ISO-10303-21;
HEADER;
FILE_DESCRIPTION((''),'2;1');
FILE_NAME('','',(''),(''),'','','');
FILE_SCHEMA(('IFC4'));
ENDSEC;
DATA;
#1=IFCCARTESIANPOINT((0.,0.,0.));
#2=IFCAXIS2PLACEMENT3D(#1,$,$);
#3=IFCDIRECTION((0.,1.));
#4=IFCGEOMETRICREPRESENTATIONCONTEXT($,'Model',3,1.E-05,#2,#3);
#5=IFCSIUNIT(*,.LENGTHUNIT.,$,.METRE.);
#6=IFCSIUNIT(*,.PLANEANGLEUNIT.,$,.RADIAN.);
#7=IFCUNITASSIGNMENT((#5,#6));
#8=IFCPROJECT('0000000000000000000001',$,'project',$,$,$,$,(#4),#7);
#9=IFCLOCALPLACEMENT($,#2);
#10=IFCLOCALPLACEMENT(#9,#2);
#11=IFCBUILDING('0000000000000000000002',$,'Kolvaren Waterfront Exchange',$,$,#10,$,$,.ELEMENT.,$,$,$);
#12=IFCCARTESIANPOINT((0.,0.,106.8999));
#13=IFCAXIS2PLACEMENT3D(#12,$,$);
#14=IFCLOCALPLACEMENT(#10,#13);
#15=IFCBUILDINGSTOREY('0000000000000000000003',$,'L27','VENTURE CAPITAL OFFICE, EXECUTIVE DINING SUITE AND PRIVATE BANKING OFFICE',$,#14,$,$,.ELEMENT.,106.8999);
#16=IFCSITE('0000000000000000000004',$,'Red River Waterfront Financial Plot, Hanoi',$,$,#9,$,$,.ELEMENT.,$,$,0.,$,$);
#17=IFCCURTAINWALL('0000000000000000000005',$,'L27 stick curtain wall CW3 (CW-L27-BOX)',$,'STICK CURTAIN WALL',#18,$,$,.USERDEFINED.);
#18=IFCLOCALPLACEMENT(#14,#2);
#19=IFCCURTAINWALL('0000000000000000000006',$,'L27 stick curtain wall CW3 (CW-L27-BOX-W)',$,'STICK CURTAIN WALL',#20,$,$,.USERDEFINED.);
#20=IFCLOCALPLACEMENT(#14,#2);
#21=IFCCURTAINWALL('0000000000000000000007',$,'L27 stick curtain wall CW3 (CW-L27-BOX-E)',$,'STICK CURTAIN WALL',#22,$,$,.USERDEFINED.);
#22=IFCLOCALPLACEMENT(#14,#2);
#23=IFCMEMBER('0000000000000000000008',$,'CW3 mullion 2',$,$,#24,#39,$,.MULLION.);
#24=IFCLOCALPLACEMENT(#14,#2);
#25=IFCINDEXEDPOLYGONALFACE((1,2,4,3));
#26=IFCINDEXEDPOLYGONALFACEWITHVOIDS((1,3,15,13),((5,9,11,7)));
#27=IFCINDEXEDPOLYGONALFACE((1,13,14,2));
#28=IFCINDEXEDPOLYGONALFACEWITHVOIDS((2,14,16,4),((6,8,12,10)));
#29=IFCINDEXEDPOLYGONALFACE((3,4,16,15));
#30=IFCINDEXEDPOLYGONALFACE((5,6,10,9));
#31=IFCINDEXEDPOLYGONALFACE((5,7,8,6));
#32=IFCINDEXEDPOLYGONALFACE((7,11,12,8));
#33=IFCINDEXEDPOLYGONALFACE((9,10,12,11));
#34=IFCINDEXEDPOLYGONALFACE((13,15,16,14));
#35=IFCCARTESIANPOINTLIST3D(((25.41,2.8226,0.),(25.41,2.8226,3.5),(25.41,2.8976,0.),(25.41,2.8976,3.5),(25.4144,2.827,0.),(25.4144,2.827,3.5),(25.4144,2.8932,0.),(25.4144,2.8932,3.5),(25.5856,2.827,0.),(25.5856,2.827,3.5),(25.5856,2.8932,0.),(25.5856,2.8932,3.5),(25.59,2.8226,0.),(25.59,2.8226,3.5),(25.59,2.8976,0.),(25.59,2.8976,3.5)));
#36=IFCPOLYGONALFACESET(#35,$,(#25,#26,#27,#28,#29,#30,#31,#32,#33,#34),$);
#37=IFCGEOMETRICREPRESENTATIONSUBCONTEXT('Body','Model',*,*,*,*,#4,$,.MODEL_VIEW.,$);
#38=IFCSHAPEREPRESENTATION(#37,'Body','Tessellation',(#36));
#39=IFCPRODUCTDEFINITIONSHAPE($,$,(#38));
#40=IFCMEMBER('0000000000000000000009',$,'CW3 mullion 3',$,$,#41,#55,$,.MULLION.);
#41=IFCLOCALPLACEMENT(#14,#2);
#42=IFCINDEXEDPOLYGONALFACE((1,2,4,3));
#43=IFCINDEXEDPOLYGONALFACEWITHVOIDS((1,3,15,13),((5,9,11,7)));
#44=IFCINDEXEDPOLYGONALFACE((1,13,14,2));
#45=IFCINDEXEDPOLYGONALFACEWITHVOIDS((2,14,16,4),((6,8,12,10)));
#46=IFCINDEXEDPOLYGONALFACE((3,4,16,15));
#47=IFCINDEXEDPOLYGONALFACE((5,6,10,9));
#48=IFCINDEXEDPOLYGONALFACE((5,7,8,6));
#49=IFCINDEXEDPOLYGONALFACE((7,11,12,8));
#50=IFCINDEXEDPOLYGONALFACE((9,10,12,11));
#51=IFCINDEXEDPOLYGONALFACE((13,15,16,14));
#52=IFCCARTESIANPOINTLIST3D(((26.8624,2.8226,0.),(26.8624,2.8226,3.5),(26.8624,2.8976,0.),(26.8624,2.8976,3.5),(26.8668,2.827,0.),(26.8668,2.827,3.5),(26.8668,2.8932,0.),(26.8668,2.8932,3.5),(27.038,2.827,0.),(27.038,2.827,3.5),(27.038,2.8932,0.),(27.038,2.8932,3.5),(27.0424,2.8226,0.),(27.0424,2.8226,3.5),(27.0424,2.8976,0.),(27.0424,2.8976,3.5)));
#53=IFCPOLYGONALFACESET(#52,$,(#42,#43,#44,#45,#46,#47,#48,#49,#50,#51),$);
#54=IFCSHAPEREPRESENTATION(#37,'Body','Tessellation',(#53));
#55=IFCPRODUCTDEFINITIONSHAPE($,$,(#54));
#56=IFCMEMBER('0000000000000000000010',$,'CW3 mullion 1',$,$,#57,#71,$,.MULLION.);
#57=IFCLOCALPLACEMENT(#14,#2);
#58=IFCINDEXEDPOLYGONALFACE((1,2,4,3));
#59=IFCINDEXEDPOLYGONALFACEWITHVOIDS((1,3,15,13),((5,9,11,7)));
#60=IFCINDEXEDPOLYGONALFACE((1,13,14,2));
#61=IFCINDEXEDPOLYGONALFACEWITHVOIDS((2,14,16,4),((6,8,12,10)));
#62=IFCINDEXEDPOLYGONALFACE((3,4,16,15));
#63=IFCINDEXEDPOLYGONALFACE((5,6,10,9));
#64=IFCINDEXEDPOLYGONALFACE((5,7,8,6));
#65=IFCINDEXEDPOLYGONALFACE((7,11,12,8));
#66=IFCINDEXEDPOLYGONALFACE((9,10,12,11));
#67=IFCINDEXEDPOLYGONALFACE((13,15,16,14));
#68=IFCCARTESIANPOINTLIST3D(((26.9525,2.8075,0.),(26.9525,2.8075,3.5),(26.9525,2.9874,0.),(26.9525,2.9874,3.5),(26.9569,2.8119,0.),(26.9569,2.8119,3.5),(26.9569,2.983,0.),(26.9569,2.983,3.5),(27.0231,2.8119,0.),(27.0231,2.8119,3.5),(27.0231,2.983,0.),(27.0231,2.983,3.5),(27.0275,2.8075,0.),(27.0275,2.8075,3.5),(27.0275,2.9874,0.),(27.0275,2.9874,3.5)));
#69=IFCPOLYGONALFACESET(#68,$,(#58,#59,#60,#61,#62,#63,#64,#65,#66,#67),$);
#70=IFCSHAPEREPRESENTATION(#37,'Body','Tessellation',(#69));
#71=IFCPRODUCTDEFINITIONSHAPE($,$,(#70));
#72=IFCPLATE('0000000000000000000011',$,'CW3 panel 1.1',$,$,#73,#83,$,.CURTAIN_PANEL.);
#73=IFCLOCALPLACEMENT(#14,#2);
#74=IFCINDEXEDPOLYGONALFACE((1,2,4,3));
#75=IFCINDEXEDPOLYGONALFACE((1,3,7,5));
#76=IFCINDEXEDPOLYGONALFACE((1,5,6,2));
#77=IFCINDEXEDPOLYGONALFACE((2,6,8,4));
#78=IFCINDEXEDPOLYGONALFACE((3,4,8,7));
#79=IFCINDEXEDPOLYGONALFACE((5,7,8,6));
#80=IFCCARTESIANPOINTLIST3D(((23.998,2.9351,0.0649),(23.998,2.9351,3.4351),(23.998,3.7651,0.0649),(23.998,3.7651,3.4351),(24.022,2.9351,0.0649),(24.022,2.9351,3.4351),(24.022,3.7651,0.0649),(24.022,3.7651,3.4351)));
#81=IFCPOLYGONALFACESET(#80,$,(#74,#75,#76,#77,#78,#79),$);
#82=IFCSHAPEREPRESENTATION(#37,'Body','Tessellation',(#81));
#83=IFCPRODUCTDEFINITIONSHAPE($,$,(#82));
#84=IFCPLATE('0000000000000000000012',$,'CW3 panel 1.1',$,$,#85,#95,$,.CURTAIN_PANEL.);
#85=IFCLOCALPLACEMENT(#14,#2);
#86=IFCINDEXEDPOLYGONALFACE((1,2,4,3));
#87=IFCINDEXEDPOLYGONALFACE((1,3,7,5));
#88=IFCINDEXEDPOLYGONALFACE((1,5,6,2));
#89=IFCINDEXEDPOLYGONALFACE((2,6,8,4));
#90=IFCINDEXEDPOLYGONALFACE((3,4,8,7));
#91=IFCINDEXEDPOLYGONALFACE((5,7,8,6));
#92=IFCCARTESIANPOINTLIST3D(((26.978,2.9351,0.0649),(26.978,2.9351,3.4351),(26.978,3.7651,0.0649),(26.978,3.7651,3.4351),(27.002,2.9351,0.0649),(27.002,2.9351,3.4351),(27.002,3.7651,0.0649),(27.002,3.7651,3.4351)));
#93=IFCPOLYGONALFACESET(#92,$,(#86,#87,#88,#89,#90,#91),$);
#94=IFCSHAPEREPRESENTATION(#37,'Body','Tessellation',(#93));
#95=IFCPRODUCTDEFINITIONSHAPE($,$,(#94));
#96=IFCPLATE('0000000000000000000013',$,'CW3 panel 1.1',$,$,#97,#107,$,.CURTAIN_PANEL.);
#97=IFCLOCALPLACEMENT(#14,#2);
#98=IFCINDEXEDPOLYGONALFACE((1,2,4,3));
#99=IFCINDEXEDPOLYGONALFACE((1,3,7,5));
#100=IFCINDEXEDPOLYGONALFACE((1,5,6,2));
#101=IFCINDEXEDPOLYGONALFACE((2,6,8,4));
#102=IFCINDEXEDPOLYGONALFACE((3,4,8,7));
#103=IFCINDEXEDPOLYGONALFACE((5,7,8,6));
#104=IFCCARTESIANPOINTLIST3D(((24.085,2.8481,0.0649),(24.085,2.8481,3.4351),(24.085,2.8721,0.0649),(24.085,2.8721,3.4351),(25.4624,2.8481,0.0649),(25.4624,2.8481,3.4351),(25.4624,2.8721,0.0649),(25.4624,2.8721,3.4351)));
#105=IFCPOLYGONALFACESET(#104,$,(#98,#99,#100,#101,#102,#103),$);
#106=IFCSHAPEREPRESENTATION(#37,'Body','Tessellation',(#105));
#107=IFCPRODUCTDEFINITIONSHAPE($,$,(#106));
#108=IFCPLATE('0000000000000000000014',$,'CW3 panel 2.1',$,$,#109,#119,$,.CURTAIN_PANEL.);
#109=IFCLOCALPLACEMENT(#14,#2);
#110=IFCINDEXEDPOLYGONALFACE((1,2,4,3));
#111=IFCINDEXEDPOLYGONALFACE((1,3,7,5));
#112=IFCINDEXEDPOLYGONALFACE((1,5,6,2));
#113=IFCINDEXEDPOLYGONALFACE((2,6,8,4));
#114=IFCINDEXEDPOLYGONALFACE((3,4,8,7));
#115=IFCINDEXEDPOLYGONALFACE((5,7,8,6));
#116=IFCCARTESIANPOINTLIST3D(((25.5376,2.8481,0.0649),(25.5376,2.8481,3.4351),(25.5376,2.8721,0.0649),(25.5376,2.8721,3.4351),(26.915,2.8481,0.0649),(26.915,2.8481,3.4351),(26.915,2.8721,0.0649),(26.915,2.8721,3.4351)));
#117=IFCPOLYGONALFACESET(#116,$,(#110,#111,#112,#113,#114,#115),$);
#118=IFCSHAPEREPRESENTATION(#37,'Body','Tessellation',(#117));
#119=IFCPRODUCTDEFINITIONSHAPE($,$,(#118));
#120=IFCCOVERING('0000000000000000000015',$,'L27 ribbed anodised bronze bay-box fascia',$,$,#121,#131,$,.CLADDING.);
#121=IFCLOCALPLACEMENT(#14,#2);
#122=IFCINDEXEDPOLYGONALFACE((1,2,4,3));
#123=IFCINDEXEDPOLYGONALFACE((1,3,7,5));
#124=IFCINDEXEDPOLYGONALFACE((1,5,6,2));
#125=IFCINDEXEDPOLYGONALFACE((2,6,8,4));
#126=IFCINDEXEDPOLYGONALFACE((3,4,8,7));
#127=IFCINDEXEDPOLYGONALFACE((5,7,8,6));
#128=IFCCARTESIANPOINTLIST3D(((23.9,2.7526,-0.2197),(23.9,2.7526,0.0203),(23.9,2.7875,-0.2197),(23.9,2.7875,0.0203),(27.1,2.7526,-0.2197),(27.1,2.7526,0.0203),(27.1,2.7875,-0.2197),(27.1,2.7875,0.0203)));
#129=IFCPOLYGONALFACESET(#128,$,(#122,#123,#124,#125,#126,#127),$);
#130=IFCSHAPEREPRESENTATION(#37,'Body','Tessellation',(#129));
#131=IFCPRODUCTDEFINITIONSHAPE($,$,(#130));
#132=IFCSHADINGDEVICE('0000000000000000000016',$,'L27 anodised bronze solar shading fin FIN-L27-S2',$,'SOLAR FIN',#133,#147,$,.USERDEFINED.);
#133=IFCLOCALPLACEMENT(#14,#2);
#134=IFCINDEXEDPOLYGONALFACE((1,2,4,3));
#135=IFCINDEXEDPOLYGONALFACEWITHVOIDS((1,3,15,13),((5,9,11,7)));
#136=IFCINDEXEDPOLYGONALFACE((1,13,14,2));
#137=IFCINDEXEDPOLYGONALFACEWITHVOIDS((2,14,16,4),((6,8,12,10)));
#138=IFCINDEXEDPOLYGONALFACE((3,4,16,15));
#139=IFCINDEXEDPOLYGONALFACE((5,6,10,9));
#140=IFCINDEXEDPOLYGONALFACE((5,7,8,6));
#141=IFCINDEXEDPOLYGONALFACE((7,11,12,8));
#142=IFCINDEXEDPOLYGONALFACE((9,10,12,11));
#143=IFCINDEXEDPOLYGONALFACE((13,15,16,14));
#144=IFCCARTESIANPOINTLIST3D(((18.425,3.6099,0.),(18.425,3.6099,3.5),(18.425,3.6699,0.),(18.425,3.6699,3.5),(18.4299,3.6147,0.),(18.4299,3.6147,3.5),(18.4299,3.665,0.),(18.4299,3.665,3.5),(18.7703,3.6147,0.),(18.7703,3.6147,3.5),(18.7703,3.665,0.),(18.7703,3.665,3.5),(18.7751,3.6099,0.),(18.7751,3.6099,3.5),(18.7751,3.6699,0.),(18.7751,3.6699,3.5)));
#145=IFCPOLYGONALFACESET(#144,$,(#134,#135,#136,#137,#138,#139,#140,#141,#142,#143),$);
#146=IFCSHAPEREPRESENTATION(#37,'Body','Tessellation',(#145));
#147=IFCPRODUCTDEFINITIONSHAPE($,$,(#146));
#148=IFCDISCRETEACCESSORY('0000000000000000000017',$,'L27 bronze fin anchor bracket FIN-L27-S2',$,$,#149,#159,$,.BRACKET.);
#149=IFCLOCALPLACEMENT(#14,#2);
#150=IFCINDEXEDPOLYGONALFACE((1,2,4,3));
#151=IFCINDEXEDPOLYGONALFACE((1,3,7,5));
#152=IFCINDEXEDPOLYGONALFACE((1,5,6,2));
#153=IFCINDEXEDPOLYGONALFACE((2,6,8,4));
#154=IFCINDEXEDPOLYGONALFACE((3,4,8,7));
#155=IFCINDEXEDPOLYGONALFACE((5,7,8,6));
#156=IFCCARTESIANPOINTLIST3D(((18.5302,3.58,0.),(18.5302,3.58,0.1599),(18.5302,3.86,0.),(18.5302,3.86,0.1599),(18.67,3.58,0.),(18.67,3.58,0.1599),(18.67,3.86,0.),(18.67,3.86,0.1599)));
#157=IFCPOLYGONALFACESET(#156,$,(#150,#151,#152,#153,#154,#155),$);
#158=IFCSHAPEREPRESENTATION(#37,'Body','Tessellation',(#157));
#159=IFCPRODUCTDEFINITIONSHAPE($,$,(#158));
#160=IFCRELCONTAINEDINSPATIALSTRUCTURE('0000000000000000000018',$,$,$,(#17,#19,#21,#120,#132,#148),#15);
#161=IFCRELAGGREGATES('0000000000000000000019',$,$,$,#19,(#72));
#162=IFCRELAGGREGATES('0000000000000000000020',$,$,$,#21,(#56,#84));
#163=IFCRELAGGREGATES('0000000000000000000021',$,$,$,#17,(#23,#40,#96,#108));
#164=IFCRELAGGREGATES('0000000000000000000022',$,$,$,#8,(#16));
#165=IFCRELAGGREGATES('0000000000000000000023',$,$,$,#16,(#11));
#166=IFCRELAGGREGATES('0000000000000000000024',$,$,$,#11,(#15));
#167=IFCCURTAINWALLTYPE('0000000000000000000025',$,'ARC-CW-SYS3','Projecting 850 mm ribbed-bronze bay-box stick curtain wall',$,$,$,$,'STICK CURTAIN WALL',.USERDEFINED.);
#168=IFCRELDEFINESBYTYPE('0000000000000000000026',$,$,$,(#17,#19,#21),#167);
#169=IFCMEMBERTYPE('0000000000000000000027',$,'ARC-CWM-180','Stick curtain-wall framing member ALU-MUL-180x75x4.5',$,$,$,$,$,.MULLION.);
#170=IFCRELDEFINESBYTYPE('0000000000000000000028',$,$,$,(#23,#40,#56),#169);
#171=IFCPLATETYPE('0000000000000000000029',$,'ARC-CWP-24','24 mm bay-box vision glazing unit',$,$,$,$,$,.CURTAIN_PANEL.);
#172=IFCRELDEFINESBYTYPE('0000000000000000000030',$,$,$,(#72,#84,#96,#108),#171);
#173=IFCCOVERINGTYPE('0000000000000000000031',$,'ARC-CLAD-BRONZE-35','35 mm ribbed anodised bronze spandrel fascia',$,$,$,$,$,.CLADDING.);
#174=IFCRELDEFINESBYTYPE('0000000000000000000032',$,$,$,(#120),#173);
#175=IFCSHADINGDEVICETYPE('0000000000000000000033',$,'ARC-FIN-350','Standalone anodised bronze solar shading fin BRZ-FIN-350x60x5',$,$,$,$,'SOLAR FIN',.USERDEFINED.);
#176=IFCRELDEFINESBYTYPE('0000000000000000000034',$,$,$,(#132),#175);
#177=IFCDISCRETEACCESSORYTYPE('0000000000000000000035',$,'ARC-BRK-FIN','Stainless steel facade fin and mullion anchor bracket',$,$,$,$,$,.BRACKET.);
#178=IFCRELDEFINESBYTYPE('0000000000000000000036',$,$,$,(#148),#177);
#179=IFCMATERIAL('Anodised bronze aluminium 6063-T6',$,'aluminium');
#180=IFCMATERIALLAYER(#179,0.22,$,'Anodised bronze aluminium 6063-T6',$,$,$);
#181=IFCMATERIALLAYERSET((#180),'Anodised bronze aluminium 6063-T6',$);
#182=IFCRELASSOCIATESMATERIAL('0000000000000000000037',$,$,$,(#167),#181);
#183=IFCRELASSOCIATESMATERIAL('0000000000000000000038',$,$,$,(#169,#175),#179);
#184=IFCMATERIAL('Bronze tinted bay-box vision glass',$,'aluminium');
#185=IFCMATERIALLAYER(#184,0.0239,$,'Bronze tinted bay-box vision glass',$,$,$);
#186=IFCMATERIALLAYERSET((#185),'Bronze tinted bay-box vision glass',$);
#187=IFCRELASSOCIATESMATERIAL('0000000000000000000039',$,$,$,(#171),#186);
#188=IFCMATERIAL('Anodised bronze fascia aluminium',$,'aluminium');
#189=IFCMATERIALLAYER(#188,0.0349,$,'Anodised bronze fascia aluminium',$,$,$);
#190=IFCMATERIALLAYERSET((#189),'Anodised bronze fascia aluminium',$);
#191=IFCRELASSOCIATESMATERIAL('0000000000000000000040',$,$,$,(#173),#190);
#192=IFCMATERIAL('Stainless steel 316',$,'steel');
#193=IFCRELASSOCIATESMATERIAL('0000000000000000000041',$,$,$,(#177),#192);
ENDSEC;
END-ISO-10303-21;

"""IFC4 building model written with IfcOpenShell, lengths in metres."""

from ifc_helpers import new_model, si_unit, direction, frame, origin, origin_with_axes, origin_2d, place, context, subcontext, project, spatial, rectangle, hollow_rectangle, extrude, source, transform, mapped, material, layer, layer_set, material_profile, profile_set, type_object, element, aggregate, save


model = new_model("IFC4")

# Units and contexts
model_context = context("Model", 3, precision=1e-05, world=origin(), true_north=direction((0.0, 1.0)))
body_context = subcontext(model_context, "Body", "Model", "MODEL_VIEW")
ifc_project = project(units=[si_unit("LENGTHUNIT", "METRE"), si_unit("PLANEANGLEUNIT", "RADIAN")], contexts=[model_context])

# Site, building, storey
site_placement = place(None, origin())
site = spatial("IfcSite", under=ifc_project, at=site_placement, Name="Red River Waterfront Financial Plot, Hanoi", CompositionType="ELEMENT", RefElevation=0.0)
building_placement = place(site_placement, origin())
building = spatial("IfcBuilding", under=site, at=building_placement, Name="Kolvaren Waterfront Exchange", CompositionType="ELEMENT")
storey_placement = place(building_placement, frame((0.0, 0.0, 106.8999)))
storey = spatial("IfcBuildingStorey", under=building, at=storey_placement, Name="L27", Description="VENTURE CAPITAL OFFICE, EXECUTIVE DINING SUITE AND PRIVATE BANKING OFFICE", CompositionType="ELEMENT", Elevation=106.8999)

# Curtain walls
ifc_material_1 = material(Name="Anodised bronze aluminium 6063-T6", Category="aluminium")
ifc_layer_1 = layer(ifc_material_1, 0.22, Name="Anodised bronze aluminium 6063-T6")
ifc_layer_set_1 = layer_set([ifc_layer_1], Name="Anodised bronze aluminium 6063-T6")
curtain_wall_type = type_object("IfcCurtainWallType", Name="ARC-CW-SYS3", Description="Projecting 850 mm ribbed-bronze bay-box stick curtain wall", ElementType="STICK CURTAIN WALL", PredefinedType="USERDEFINED", material=ifc_layer_set_1)
curtain_wall_1_placement = place(storey_placement, origin())
curtain_wall_1 = element("IfcCurtainWall", 1, at=curtain_wall_1_placement, inside=storey, type_object=curtain_wall_type, Name="L27 stick curtain wall CW3 (CW-L27-BOX)", ObjectType="STICK CURTAIN WALL", PredefinedType="USERDEFINED")
curtain_wall_2_placement = place(storey_placement, origin())
curtain_wall_2 = element("IfcCurtainWall", 2, at=curtain_wall_2_placement, inside=storey, type_object=curtain_wall_type, Name="L27 stick curtain wall CW3 (CW-L27-BOX-W)", ObjectType="STICK CURTAIN WALL", PredefinedType="USERDEFINED")
curtain_wall_3_placement = place(storey_placement, origin())
curtain_wall_3 = element("IfcCurtainWall", 3, at=curtain_wall_3_placement, inside=storey, type_object=curtain_wall_type, Name="L27 stick curtain wall CW3 (CW-L27-BOX-E)", ObjectType="STICK CURTAIN WALL", PredefinedType="USERDEFINED")

# Members
ifc_material_profile_1 = material_profile(ifc_material_1, hollow_rectangle(XDim=0.075, YDim=0.1799, WallThickness=0.0044, at=origin_2d()), Name="ALU-MUL-180x75x4.5")
ifc_profile_set_1 = profile_set([ifc_material_profile_1], Name="Anodised bronze aluminium 6063-T6")
member_type_1 = type_object("IfcMemberType", Name="ARC-CWM-180", Description="Stick curtain-wall framing member ALU-MUL-180x75x4.5", PredefinedType="MULLION", material=ifc_profile_set_1)
shared_shape_1 = source(origin_with_axes(), body_context, "Body", "SweptSolid", [
    extrude(hollow_rectangle(XDim=0.075, YDim=0.1799, WallThickness=0.0044, at=origin_2d()), origin(), (0.0, 0.0, 1.0), 3.5),
])
member_1_placement = place(storey_placement, frame((25.5, 2.8601, 0.0), z_axis=(0.0, 0.0, 1.0), x_axis=(0.0, 1.0, 0.0)))
member_1 = element("IfcMember", 4, at=member_1_placement, type_object=member_type_1, Name="CW3 mullion 2", PredefinedType="MULLION", context=body_context, shape_type="MappedRepresentation", body=[
    mapped(shared_shape_1, transform((0.0, 0.0, 0.0), x_axis=(1.0, 0.0, 0.0), y_axis=(0.0, 1.0, 0.0), z_axis=(0.0, 0.0, 1.0), scale=1.0)),
])
member_2_placement = place(storey_placement, frame((26.9524, 2.8601, 0.0), z_axis=(0.0, 0.0, 1.0), x_axis=(0.0, 1.0, 0.0)))
member_2 = element("IfcMember", 5, at=member_2_placement, type_object=member_type_1, Name="CW3 mullion 3", PredefinedType="MULLION", context=body_context, shape_type="MappedRepresentation", body=[
    mapped(shared_shape_1, transform((0.0, 0.0, 0.0), x_axis=(1.0, 0.0, 0.0), y_axis=(0.0, 1.0, 0.0), z_axis=(0.0, 0.0, 1.0), scale=1.0)),
])
member_3_placement = place(storey_placement, frame((26.99, 2.8975, 0.0), z_axis=(0.0, 0.0, 1.0), x_axis=(-1.0, 0.0, 0.0)))
member_3 = element("IfcMember", 6, at=member_3_placement, type_object=member_type_1, Name="CW3 mullion 1", PredefinedType="MULLION", context=body_context, shape_type="MappedRepresentation", body=[
    mapped(shared_shape_1, transform((0.0, 0.0, 0.0), x_axis=(1.0, 0.0, 0.0), y_axis=(0.0, 1.0, 0.0), z_axis=(0.0, 0.0, 1.0), scale=1.0)),
])

# Plates
ifc_material_2 = material(Name="Bronze tinted bay-box vision glass", Category="aluminium")
ifc_layer_2 = layer(ifc_material_2, 0.0239, Name="Bronze tinted bay-box vision glass")
ifc_layer_set_2 = layer_set([ifc_layer_2], Name="Bronze tinted bay-box vision glass")
plate_type = type_object("IfcPlateType", Name="ARC-CWP-24", Description="24 mm bay-box vision glazing unit", PredefinedType="CURTAIN_PANEL", material=ifc_layer_set_2)
shared_shape_2 = source(origin_with_axes(), body_context, "Body", "SweptSolid", [
    extrude(rectangle(XDim=0.8301, YDim=0.0239, at=origin_2d()), origin(), (0.0, 0.0, 1.0), 3.3701),
])
plate_1_placement = place(storey_placement, frame((24.01, 3.3501, 0.0649), z_axis=(0.0, 0.0, 1.0), x_axis=(0.0, -1.0, 0.0)))
plate_1 = element("IfcPlate", 7, at=plate_1_placement, type_object=plate_type, Name="CW3 panel 1.1", PredefinedType="CURTAIN_PANEL", context=body_context, shape_type="MappedRepresentation", body=[
    mapped(shared_shape_2, transform((0.0, 0.0, 0.0), x_axis=(1.0, 0.0, 0.0), y_axis=(0.0, 1.0, 0.0), z_axis=(0.0, 0.0, 1.0), scale=1.0)),
])
aggregate(curtain_wall_2, [plate_1])
plate_2_placement = place(storey_placement, frame((26.99, 3.3501, 0.0649), z_axis=(0.0, 0.0, 1.0), x_axis=(0.0, 1.0, 0.0)))
plate_2 = element("IfcPlate", 8, at=plate_2_placement, type_object=plate_type, Name="CW3 panel 1.1", PredefinedType="CURTAIN_PANEL", context=body_context, shape_type="MappedRepresentation", body=[
    mapped(shared_shape_2, transform((0.0, 0.0, 0.0), x_axis=(1.0, 0.0, 0.0), y_axis=(0.0, 1.0, 0.0), z_axis=(0.0, 0.0, 1.0), scale=1.0)),
])
aggregate(curtain_wall_3, [member_3, plate_2])
shared_shape_3 = source(origin_with_axes(), body_context, "Body", "SweptSolid", [
    extrude(rectangle(XDim=1.3774, YDim=0.0239, at=origin_2d()), origin(), (0.0, 0.0, 1.0), 3.3701),
])
plate_3_placement = place(storey_placement, frame((24.7737, 2.8601, 0.0649), z_axis=(0.0, 0.0, 1.0), x_axis=(1.0, 0.0, 0.0)))
plate_3 = element("IfcPlate", 9, at=plate_3_placement, type_object=plate_type, Name="CW3 panel 1.1", PredefinedType="CURTAIN_PANEL", context=body_context, shape_type="MappedRepresentation", body=[
    mapped(shared_shape_3, transform((0.0, 0.0, 0.0), x_axis=(1.0, 0.0, 0.0), y_axis=(0.0, 1.0, 0.0), z_axis=(0.0, 0.0, 1.0), scale=1.0)),
])
plate_4_placement = place(storey_placement, frame((26.2263, 2.8601, 0.0649), z_axis=(0.0, 0.0, 1.0), x_axis=(1.0, 0.0, 0.0)))
plate_4 = element("IfcPlate", 10, at=plate_4_placement, type_object=plate_type, Name="CW3 panel 2.1", PredefinedType="CURTAIN_PANEL", context=body_context, shape_type="MappedRepresentation", body=[
    mapped(shared_shape_3, transform((0.0, 0.0, 0.0), x_axis=(1.0, 0.0, 0.0), y_axis=(0.0, 1.0, 0.0), z_axis=(0.0, 0.0, 1.0), scale=1.0)),
])
aggregate(curtain_wall_1, [member_1, member_2, plate_3, plate_4])

# Covering
ifc_material_3 = material(Name="Anodised bronze fascia aluminium", Category="aluminium")
ifc_layer_3 = layer(ifc_material_3, 0.0349, Name="Anodised bronze fascia aluminium")
ifc_layer_set_3 = layer_set([ifc_layer_3], Name="Anodised bronze fascia aluminium")
covering_type = type_object("IfcCoveringType", Name="ARC-CLAD-BRONZE-35", Description="35 mm ribbed anodised bronze spandrel fascia", PredefinedType="CLADDING", material=ifc_layer_set_3)
covering_placement = place(storey_placement, frame((25.5, 2.77, -0.2197), z_axis=(0.0, 0.0, 1.0), x_axis=(1.0, 0.0, 0.0)))
element("IfcCovering", 11, at=covering_placement, inside=storey, type_object=covering_type, Name="L27 ribbed anodised bronze bay-box fascia", PredefinedType="CLADDING", context=body_context, shape_type="SweptSolid", body=[
    extrude(rectangle(XDim=3.2, YDim=0.0349, at=origin_2d()), origin(), (0.0, 0.0, 1.0), 0.24),
])

# Shading device
ifc_material_profile_2 = material_profile(ifc_material_1, hollow_rectangle(XDim=0.0601, YDim=0.3501, WallThickness=0.0049, at=origin_2d()), Name="BRZ-FIN-350x60x5")
ifc_profile_set_2 = profile_set([ifc_material_profile_2], Name="Anodised bronze aluminium 6063-T6")
shading_device_type = type_object("IfcShadingDeviceType", Name="ARC-FIN-350", Description="Standalone anodised bronze solar shading fin BRZ-FIN-350x60x5", ElementType="SOLAR FIN", PredefinedType="USERDEFINED", material=ifc_profile_set_2)
shading_device_placement = place(storey_placement, frame((18.6001, 3.6399, 0.0), z_axis=(0.0, 0.0, 1.0), x_axis=(0.0, -1.0, 0.0)))
element("IfcShadingDevice", 12, at=shading_device_placement, inside=storey, type_object=shading_device_type, Name="L27 anodised bronze solar shading fin FIN-L27-S2", ObjectType="SOLAR FIN", PredefinedType="USERDEFINED", context=body_context, shape_type="SweptSolid", body=[
    extrude(hollow_rectangle(XDim=0.0601, YDim=0.3501, WallThickness=0.0049, at=origin_2d()), origin(), (0.0, 0.0, 1.0), 3.5),
])

# Discrete accessory
ifc_material_4 = material(Name="Stainless steel 316", Category="steel")
discrete_accessory_type = type_object("IfcDiscreteAccessoryType", Name="ARC-BRK-FIN", Description="Stainless steel facade fin and mullion anchor bracket", PredefinedType="BRACKET", material=ifc_material_4)
shared_shape_4 = source(origin_with_axes(), body_context, "Body", "SweptSolid", [
    extrude(rectangle(XDim=0.28, YDim=0.1399, at=origin_2d()), origin(), (0.0, 0.0, 1.0), 0.1599),
])
discrete_accessory_placement = place(storey_placement, frame((18.6001, 3.72, 0.0), z_axis=(0.0, 0.0, 1.0), x_axis=(0.0, -1.0, 0.0)))
element("IfcDiscreteAccessory", 13, at=discrete_accessory_placement, inside=storey, type_object=discrete_accessory_type, Name="L27 bronze fin anchor bracket FIN-L27-S2", PredefinedType="BRACKET", context=body_context, shape_type="MappedRepresentation", body=[
    mapped(shared_shape_4, transform((0.0, 0.0, 0.0), x_axis=(1.0, 0.0, 0.0), y_axis=(0.0, 1.0, 0.0), z_axis=(0.0, 0.0, 1.0), scale=1.0)),
])

save(model, "model.ifc")
